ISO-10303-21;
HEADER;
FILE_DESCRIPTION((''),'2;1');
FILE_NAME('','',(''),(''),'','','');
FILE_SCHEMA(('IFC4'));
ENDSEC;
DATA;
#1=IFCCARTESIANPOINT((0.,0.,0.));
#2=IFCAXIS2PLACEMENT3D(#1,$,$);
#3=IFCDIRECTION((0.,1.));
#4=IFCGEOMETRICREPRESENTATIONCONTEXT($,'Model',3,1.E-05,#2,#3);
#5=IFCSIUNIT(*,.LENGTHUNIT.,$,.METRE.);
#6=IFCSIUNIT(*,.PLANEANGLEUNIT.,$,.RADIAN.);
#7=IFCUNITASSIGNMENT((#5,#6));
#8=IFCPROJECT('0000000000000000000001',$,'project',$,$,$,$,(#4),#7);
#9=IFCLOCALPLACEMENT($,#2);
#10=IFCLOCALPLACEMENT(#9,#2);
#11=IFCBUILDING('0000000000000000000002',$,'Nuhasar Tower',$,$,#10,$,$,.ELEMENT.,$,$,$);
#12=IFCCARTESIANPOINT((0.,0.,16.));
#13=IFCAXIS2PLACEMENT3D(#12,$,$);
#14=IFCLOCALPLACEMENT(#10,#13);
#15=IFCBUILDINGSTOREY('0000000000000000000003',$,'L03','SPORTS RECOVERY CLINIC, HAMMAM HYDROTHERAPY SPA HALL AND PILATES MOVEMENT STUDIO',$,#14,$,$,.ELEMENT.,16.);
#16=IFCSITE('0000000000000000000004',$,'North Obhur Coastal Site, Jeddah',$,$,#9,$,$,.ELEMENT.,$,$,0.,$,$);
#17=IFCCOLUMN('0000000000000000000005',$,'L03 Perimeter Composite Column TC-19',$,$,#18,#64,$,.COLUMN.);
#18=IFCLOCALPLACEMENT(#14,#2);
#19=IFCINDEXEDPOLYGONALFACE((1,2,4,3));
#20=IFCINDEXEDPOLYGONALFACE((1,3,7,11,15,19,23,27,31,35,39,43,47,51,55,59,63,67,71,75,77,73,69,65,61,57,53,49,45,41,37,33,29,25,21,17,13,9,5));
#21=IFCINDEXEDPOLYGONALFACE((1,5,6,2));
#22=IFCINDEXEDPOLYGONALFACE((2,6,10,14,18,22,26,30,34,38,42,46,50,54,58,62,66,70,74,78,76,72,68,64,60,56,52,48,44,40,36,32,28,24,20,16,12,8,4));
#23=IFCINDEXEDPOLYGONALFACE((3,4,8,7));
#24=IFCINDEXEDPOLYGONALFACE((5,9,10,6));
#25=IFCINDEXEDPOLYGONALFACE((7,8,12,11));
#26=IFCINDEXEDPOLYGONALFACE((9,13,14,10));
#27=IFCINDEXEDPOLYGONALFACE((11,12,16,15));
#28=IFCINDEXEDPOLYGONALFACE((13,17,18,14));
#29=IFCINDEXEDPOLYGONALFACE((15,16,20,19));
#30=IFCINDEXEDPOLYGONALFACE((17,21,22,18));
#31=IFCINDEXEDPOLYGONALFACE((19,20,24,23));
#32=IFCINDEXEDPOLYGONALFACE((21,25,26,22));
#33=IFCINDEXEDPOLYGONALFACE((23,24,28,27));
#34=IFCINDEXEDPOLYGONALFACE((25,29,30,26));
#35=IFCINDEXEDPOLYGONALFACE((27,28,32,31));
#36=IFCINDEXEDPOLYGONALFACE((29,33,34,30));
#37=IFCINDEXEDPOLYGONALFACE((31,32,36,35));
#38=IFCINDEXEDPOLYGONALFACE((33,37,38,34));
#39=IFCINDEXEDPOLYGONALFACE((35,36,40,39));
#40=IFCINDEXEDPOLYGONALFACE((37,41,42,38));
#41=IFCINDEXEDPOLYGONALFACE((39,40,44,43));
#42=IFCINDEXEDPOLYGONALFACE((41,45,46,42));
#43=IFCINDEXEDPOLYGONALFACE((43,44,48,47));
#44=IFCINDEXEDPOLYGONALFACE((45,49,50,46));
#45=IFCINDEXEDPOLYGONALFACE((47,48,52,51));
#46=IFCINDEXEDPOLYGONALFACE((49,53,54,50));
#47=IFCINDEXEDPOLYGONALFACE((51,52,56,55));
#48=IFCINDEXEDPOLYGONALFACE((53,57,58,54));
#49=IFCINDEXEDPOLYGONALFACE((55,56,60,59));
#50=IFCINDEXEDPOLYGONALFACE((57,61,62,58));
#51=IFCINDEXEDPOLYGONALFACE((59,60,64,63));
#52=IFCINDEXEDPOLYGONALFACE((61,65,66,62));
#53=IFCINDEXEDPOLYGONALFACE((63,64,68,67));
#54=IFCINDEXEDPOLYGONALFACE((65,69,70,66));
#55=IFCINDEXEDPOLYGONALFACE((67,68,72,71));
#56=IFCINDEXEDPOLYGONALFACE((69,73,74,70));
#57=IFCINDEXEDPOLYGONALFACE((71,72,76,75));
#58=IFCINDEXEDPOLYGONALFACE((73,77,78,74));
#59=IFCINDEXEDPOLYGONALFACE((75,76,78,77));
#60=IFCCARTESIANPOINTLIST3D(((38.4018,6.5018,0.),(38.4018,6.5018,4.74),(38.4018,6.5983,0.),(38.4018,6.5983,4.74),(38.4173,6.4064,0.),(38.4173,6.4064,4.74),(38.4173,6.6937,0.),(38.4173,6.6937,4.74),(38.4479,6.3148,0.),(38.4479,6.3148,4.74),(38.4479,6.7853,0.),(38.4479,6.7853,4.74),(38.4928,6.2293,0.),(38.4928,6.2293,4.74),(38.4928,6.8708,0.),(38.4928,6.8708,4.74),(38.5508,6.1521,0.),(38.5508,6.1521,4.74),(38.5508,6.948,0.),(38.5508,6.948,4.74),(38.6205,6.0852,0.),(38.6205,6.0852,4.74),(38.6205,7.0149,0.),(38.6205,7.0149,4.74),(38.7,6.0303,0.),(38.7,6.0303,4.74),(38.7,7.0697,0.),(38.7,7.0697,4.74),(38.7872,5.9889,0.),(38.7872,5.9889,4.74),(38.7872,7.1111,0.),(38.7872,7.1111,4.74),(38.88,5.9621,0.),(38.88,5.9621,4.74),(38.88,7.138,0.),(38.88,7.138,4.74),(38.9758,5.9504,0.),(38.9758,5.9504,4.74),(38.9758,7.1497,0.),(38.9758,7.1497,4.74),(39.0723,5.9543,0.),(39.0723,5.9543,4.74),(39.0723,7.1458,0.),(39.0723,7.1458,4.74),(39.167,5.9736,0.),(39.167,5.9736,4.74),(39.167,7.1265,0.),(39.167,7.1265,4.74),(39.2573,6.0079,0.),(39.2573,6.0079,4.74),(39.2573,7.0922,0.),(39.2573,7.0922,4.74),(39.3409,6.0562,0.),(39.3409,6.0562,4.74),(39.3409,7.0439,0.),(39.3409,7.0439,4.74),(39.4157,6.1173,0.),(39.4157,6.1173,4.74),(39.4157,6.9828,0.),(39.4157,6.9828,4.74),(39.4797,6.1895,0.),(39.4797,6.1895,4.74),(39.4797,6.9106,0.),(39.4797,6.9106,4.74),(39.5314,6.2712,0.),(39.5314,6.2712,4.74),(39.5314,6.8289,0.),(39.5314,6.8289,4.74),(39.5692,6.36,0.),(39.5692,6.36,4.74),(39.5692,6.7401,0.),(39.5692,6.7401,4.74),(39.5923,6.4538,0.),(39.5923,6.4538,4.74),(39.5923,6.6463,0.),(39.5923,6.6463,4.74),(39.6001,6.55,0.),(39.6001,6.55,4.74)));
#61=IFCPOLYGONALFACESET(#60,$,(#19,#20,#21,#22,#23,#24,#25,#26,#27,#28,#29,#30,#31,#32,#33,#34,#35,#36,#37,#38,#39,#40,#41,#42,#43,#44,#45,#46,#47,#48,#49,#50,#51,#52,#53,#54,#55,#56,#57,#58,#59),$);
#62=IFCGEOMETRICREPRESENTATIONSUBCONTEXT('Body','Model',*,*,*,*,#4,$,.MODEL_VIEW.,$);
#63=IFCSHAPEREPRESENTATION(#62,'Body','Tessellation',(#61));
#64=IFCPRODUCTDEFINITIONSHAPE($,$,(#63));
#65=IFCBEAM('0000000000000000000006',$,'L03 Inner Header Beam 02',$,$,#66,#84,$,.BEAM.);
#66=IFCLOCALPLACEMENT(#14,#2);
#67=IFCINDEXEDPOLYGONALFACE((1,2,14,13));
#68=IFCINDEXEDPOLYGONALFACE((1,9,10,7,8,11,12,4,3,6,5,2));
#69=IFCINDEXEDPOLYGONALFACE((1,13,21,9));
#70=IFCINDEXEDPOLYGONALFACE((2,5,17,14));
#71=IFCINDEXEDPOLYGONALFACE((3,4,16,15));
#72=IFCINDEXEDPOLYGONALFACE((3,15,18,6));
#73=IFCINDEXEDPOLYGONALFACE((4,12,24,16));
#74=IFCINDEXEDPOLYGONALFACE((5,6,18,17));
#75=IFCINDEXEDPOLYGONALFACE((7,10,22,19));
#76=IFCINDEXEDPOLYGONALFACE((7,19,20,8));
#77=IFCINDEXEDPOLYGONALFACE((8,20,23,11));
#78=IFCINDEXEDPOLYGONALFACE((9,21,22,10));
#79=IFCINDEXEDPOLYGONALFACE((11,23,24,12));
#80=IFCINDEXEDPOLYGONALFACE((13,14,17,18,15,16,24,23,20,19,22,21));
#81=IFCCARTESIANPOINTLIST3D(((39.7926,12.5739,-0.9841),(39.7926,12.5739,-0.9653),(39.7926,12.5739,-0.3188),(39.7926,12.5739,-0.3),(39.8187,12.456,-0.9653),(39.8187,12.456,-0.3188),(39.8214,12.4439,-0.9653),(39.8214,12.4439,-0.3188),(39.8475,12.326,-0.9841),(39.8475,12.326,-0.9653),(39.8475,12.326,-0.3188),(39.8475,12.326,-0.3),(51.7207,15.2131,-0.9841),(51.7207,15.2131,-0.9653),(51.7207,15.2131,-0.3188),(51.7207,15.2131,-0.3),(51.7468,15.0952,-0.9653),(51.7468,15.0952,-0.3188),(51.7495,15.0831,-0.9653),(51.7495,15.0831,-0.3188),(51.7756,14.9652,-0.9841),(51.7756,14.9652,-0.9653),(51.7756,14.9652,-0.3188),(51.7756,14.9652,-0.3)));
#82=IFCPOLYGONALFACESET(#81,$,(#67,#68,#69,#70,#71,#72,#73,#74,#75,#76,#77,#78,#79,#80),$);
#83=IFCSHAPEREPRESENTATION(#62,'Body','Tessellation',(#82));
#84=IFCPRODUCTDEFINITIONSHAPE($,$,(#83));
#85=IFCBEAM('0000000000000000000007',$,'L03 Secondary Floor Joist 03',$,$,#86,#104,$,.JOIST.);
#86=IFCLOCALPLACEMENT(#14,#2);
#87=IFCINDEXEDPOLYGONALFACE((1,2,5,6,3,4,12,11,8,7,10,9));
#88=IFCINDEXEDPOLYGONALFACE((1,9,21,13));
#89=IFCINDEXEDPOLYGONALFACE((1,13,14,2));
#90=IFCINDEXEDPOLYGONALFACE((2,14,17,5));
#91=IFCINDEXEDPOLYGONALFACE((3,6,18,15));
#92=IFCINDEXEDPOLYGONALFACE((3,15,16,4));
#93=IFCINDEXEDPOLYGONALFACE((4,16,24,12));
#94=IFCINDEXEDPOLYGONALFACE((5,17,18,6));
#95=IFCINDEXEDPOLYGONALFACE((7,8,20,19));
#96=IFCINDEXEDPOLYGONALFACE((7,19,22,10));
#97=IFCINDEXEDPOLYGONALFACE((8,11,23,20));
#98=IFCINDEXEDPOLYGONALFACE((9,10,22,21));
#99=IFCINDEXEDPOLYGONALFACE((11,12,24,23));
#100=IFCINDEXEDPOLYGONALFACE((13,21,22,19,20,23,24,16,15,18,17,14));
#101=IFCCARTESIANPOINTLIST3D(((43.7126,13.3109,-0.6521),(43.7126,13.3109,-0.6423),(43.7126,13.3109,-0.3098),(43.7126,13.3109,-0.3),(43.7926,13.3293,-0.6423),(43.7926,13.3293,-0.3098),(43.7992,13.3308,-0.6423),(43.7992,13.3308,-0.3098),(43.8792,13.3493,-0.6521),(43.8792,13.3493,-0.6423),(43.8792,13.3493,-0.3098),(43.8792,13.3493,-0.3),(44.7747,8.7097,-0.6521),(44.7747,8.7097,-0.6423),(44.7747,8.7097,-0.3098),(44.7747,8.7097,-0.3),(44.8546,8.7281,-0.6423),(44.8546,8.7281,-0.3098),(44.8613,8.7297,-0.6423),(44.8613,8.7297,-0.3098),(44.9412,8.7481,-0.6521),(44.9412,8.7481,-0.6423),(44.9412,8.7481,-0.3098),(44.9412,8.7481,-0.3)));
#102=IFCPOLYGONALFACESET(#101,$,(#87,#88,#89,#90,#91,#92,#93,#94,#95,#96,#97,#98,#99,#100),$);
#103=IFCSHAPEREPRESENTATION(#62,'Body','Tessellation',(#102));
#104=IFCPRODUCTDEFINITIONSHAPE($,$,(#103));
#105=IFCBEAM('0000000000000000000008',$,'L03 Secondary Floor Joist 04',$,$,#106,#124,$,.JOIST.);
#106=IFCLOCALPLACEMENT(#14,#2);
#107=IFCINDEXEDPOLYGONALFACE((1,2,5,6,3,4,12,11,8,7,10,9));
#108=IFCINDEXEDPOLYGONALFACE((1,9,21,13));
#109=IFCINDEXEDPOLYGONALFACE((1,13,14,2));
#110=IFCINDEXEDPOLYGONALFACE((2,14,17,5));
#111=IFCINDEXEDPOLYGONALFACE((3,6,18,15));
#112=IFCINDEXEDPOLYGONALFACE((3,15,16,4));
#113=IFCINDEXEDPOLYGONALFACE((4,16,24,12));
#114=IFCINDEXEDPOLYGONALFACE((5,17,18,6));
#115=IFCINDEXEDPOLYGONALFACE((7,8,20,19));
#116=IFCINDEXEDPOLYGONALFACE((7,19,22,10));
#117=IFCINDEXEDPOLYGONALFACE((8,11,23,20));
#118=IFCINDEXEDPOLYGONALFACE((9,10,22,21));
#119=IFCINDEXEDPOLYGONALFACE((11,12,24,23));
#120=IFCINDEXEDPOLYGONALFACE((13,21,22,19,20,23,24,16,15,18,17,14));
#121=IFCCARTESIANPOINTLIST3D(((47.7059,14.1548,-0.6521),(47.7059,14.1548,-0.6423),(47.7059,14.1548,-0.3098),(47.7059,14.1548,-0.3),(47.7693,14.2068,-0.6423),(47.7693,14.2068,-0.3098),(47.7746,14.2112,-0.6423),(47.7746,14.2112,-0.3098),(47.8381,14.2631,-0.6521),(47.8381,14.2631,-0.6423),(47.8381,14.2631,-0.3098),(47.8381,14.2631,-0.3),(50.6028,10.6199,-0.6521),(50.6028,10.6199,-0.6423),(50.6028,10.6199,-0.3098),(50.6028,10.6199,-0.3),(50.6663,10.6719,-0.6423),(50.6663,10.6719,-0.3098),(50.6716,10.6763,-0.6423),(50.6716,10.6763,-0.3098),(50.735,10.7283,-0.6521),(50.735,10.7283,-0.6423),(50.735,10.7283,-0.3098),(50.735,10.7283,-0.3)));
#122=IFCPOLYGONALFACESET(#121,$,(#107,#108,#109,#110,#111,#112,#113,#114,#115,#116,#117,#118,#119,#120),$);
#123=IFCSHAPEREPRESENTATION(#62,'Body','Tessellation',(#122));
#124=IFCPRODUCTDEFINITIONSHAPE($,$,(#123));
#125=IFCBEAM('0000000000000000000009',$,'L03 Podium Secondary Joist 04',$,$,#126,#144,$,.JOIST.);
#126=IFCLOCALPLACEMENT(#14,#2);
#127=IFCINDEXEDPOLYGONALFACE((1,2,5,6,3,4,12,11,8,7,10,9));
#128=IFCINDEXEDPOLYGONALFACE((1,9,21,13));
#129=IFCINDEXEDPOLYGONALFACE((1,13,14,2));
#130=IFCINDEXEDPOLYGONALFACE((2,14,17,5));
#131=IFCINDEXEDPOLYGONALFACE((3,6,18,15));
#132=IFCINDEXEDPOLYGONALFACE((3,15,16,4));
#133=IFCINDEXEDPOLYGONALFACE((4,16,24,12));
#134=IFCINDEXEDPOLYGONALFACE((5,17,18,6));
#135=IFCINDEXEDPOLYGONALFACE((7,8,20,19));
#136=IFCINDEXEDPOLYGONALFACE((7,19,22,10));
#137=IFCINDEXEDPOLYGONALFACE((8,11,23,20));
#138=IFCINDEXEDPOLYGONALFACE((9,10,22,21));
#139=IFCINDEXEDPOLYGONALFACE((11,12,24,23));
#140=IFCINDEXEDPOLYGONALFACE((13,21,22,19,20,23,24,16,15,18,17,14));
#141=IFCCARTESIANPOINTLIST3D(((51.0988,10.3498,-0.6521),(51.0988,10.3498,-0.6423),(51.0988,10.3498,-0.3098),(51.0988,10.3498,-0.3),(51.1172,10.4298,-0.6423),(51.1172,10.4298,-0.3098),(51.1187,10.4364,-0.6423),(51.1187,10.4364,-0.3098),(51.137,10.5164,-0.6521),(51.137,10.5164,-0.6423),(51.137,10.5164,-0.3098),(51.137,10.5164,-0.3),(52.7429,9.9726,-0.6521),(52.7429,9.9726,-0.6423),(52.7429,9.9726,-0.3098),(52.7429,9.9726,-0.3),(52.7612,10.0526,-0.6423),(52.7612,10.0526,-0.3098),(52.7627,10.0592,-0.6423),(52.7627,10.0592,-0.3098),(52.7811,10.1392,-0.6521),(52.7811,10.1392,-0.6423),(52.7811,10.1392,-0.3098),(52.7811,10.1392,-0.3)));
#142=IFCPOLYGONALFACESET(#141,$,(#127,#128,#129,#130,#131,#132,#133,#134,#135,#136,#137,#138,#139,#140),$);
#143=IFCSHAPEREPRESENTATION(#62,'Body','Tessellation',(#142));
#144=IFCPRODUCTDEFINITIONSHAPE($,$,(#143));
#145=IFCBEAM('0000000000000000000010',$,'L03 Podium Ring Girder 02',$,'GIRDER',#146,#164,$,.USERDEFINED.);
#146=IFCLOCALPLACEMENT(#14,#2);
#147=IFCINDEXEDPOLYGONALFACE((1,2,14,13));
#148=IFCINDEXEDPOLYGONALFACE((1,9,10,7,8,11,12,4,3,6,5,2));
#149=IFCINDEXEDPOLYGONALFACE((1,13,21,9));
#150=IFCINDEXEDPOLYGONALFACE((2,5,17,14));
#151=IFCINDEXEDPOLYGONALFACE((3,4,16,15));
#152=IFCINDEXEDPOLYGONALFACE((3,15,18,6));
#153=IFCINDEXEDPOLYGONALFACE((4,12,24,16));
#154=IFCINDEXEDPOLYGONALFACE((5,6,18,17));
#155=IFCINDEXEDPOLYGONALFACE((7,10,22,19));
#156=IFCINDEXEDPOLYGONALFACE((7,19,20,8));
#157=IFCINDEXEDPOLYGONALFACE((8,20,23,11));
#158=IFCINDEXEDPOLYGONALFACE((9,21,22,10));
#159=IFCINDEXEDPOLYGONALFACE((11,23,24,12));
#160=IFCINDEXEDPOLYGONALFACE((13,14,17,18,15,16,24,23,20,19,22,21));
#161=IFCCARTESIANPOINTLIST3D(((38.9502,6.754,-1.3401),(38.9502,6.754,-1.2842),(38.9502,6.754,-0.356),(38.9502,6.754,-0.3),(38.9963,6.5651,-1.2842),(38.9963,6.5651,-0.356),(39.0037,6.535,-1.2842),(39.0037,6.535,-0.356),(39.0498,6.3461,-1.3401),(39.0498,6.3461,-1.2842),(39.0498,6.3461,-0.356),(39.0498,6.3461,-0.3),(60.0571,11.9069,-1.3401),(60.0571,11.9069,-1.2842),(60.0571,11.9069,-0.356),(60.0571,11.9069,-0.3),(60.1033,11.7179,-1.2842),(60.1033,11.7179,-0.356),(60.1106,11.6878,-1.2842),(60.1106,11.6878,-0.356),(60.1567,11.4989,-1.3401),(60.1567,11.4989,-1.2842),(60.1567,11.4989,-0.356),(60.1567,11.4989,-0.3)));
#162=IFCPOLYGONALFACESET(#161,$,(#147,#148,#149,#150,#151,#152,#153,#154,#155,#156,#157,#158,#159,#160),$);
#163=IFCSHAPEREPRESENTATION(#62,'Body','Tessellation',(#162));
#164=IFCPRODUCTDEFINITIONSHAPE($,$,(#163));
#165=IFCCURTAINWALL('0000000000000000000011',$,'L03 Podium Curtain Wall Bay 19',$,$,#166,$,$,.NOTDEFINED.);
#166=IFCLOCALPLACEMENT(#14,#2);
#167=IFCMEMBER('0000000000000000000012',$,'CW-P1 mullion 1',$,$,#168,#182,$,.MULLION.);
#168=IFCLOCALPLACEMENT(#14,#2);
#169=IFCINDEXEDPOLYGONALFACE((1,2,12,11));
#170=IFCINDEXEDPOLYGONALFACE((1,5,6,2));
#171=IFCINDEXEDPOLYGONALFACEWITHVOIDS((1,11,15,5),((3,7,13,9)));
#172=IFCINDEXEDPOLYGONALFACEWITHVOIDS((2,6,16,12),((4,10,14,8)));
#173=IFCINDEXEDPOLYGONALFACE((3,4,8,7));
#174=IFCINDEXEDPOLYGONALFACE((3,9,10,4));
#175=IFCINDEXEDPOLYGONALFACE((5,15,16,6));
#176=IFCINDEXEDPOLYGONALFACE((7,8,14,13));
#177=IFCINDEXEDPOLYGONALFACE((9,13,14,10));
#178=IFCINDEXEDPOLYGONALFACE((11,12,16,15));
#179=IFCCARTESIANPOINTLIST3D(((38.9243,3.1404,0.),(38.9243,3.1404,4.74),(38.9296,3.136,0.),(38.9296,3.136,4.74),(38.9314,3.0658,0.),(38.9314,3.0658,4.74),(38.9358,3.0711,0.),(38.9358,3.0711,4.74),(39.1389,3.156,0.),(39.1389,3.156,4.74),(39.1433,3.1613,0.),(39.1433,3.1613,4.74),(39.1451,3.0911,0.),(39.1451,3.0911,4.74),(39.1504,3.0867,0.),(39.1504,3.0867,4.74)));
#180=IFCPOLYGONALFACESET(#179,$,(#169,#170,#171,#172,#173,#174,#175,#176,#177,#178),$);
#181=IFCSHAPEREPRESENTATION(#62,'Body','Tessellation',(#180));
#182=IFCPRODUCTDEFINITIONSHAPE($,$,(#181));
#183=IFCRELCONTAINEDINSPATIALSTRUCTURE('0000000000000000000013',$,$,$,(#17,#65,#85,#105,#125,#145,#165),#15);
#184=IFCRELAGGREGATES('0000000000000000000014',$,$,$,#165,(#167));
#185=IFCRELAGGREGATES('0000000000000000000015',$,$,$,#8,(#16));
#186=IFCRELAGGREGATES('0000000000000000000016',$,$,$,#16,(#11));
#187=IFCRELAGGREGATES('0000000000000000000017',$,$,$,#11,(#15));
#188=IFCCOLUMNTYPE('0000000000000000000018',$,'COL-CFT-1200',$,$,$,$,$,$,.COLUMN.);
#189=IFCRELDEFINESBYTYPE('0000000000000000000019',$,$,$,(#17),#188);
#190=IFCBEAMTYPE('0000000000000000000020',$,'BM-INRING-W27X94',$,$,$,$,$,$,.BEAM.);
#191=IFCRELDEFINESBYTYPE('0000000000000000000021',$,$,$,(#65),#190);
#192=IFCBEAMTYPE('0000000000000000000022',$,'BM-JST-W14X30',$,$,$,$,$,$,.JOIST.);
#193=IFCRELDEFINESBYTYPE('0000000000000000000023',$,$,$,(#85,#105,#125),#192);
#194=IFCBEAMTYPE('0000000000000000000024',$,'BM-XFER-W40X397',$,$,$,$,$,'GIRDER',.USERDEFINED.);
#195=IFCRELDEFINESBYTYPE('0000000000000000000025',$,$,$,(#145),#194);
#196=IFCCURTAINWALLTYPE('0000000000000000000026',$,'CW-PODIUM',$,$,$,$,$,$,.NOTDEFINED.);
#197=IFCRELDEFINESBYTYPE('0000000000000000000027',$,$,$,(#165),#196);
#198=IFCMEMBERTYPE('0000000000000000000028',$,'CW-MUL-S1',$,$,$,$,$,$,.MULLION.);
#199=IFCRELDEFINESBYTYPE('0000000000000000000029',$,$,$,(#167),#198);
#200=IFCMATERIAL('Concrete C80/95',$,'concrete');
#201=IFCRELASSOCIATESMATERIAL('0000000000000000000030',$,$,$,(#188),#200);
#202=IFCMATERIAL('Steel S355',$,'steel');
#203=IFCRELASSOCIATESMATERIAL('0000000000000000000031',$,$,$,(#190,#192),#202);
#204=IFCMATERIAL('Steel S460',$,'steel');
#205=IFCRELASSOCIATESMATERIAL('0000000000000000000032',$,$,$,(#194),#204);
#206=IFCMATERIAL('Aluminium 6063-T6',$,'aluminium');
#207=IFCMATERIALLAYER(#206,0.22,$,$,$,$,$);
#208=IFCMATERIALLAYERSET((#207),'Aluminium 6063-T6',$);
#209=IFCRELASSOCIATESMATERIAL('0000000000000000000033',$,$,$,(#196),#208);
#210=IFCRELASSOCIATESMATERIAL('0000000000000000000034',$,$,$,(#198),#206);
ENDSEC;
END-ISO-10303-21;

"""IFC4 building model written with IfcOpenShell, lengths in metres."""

from ifc_helpers import new_model, si_unit, direction, frame, origin, origin_2d, place, context, subcontext, project, spatial, hollow_rectangle, circle, i_section, extrude, material, layer, layer_set, material_profile, profile_set, type_object, element, aggregate, save


model = new_model("IFC4")

# Units and contexts
model_context = context("Model", 3, precision=1e-05, world=origin(), true_north=direction((0.0, 1.0)))
body_context = subcontext(model_context, "Body", "Model", "MODEL_VIEW")
ifc_project = project(units=[si_unit("LENGTHUNIT", "METRE"), si_unit("PLANEANGLEUNIT", "RADIAN")], contexts=[model_context])

# Site, building, storey
site_placement = place(None, origin())
site = spatial("IfcSite", under=ifc_project, at=site_placement, Name="North Obhur Coastal Site, Jeddah", CompositionType="ELEMENT", RefElevation=0.0)
building_placement = place(site_placement, origin())
building = spatial("IfcBuilding", under=site, at=building_placement, Name="Nuhasar Tower", CompositionType="ELEMENT")
storey_placement = place(building_placement, frame((0.0, 0.0, 16.0)))
storey = spatial("IfcBuildingStorey", under=building, at=storey_placement, Name="L03", Description="SPORTS RECOVERY CLINIC, HAMMAM HYDROTHERAPY SPA HALL AND PILATES MOVEMENT STUDIO", CompositionType="ELEMENT", Elevation=16.0)

# Column
ifc_material_1 = material(Name="Concrete C80/95", Category="concrete")
ifc_material_profile_1 = material_profile(ifc_material_1, circle(Radius=0.6001, at=origin_2d()), Name="CFT1200")
ifc_profile_set_1 = profile_set([ifc_material_profile_1], Name="Concrete C80/95")
column_type = type_object("IfcColumnType", Name="COL-CFT-1200", PredefinedType="COLUMN", material=ifc_profile_set_1)
column_placement = place(storey_placement, frame((39.0, 6.55, 0.0), z_axis=(0.0, 0.0, 1.0), x_axis=(1.0, 0.0, 0.0)))
element("IfcColumn", 1, at=column_placement, inside=storey, type_object=column_type, Name="L03 Perimeter Composite Column TC-19", PredefinedType="COLUMN", context=body_context, shape_type="SweptSolid", body=[
    extrude(circle(Radius=0.6001, at=origin_2d()), origin(), (0.0, 0.0, 1.0), 4.74),
])

# Beams
ifc_material_2 = material(Name="Steel S355", Category="steel")
ifc_material_profile_2 = material_profile(ifc_material_2, i_section(OverallWidth=0.2539, OverallDepth=0.6841, WebThickness=0.0125, FlangeThickness=0.0188, at=origin_2d()), Name="W27X94")
ifc_profile_set_2 = profile_set([ifc_material_profile_2], Name="Steel S355")
beam_type_1 = type_object("IfcBeamType", Name="BM-INRING-W27X94", PredefinedType="BEAM", material=ifc_profile_set_2)
beam_1_placement = place(storey_placement, frame((39.8201, 12.45, -0.6421), z_axis=(0.976386, 0.216033, 0.0), x_axis=(-0.216033, 0.976386, 0.0)))
element("IfcBeam", 2, at=beam_1_placement, inside=storey, type_object=beam_type_1, Name="L03 Inner Header Beam 02", PredefinedType="BEAM", context=body_context, shape_type="SweptSolid", body=[
    extrude(i_section(OverallWidth=0.2539, OverallDepth=0.6841, WebThickness=0.0125, FlangeThickness=0.0188, at=origin_2d()), origin(), (0.0, 0.0, 1.0), 12.2166),
])
ifc_material_profile_3 = material_profile(ifc_material_2, i_section(OverallWidth=0.1709, OverallDepth=0.3521, WebThickness=0.0068, FlangeThickness=0.0098, at=origin_2d()), Name="W14X30")
ifc_profile_set_3 = profile_set([ifc_material_profile_3], Name="Steel S355")
beam_type_2 = type_object("IfcBeamType", Name="BM-JST-W14X30", PredefinedType="JOIST", material=ifc_profile_set_3)
beam_2_placement = place(storey_placement, frame((43.7959, 13.3301, -0.4761), z_axis=(0.224905, -0.974381, 0.0), x_axis=(0.974381, 0.224905, 0.0)))
element("IfcBeam", 3, at=beam_2_placement, inside=storey, type_object=beam_type_2, Name="L03 Secondary Floor Joist 03", PredefinedType="JOIST", context=body_context, shape_type="SweptSolid", body=[
    extrude(i_section(OverallWidth=0.1709, OverallDepth=0.3521, WebThickness=0.0068, FlangeThickness=0.0098, at=origin_2d()), origin(), (0.0, 0.0, 1.0), 4.7222),
])
beam_3_placement = place(storey_placement, frame((47.772, 14.209, -0.4761), z_axis=(0.633863, -0.773445, 0.0), x_axis=(0.773445, 0.633863, 0.0)))
element("IfcBeam", 4, at=beam_3_placement, inside=storey, type_object=beam_type_2, Name="L03 Secondary Floor Joist 04", PredefinedType="JOIST", context=body_context, shape_type="SweptSolid", body=[
    extrude(i_section(OverallWidth=0.1709, OverallDepth=0.3521, WebThickness=0.0068, FlangeThickness=0.0098, at=origin_2d()), origin(), (0.0, 0.0, 1.0), 4.5703),
])
beam_4_placement = place(storey_placement, frame((51.1179, 10.4331, -0.4761), z_axis=(0.974676, -0.223623, 0.0), x_axis=(0.223623, 0.974676, 0.0)))
element("IfcBeam", 5, at=beam_4_placement, inside=storey, type_object=beam_type_2, Name="L03 Podium Secondary Joist 04", PredefinedType="JOIST", context=body_context, shape_type="SweptSolid", body=[
    extrude(i_section(OverallWidth=0.1709, OverallDepth=0.3521, WebThickness=0.0068, FlangeThickness=0.0098, at=origin_2d()), origin(), (0.0, 0.0, 1.0), 1.6868),
])
ifc_material_3 = material(Name="Steel S460", Category="steel")
ifc_material_profile_4 = material_profile(ifc_material_3, i_section(OverallWidth=0.4199, OverallDepth=1.04, WebThickness=0.031, FlangeThickness=0.0559, at=origin_2d()), Name="W40X397")
ifc_profile_set_4 = profile_set([ifc_material_profile_4], Name="Steel S460")
beam_type_3 = type_object("IfcBeamType", Name="BM-XFER-W40X397", ElementType="GIRDER", PredefinedType="USERDEFINED", material=ifc_profile_set_4)
beam_5_placement = place(storey_placement, frame((39.0, 6.55, -0.8201), z_axis=(0.971469, 0.237165, 0.0), x_axis=(-0.237165, 0.971469, 0.0)))
element("IfcBeam", 6, at=beam_5_placement, inside=storey, type_object=beam_type_3, Name="L03 Podium Ring Girder 02", ObjectType="GIRDER", PredefinedType="USERDEFINED", context=body_context, shape_type="SweptSolid", body=[
    extrude(i_section(OverallWidth=0.4199, OverallDepth=1.04, WebThickness=0.031, FlangeThickness=0.0559, at=origin_2d()), origin(), (0.0, 0.0, 1.0), 21.7268),
])

# Curtain wall, member
ifc_material_4 = material(Name="Aluminium 6063-T6", Category="aluminium")
ifc_layer_1 = layer(ifc_material_4, 0.22)
ifc_layer_set_1 = layer_set([ifc_layer_1], Name="Aluminium 6063-T6")
curtain_wall_type = type_object("IfcCurtainWallType", Name="CW-PODIUM", PredefinedType="NOTDEFINED", material=ifc_layer_set_1)
curtain_wall_placement = place(storey_placement, origin())
curtain_wall = element("IfcCurtainWall", 7, at=curtain_wall_placement, inside=storey, type_object=curtain_wall_type, Name="L03 Podium Curtain Wall Bay 19", PredefinedType="NOTDEFINED")
ifc_material_profile_5 = material_profile(ifc_material_4, hollow_rectangle(XDim=0.075, YDim=0.22, WallThickness=0.0049, at=origin_2d()), Name="CWM-1")
ifc_profile_set_5 = profile_set([ifc_material_profile_5], Name="Aluminium 6063-T6")
member_type_1 = type_object("IfcMemberType", Name="CW-MUL-S1", PredefinedType="MULLION", material=ifc_profile_set_5)
member_1_placement = place(storey_placement, frame((39.0374, 3.1135, 0.0), z_axis=(0.0, 0.0, 1.0), x_axis=(-0.095093, 0.995468, 0.0)))
member_1 = element("IfcMember", 8, at=member_1_placement, type_object=member_type_1, Name="CW-P1 mullion 1", PredefinedType="MULLION", context=body_context, shape_type="SweptSolid", body=[
    extrude(hollow_rectangle(XDim=0.075, YDim=0.22, WallThickness=0.0049, at=origin_2d()), origin(), (0.0, 0.0, 1.0), 4.74),
])
aggregate(curtain_wall, [member_1])

save(model, "model.ifc")
